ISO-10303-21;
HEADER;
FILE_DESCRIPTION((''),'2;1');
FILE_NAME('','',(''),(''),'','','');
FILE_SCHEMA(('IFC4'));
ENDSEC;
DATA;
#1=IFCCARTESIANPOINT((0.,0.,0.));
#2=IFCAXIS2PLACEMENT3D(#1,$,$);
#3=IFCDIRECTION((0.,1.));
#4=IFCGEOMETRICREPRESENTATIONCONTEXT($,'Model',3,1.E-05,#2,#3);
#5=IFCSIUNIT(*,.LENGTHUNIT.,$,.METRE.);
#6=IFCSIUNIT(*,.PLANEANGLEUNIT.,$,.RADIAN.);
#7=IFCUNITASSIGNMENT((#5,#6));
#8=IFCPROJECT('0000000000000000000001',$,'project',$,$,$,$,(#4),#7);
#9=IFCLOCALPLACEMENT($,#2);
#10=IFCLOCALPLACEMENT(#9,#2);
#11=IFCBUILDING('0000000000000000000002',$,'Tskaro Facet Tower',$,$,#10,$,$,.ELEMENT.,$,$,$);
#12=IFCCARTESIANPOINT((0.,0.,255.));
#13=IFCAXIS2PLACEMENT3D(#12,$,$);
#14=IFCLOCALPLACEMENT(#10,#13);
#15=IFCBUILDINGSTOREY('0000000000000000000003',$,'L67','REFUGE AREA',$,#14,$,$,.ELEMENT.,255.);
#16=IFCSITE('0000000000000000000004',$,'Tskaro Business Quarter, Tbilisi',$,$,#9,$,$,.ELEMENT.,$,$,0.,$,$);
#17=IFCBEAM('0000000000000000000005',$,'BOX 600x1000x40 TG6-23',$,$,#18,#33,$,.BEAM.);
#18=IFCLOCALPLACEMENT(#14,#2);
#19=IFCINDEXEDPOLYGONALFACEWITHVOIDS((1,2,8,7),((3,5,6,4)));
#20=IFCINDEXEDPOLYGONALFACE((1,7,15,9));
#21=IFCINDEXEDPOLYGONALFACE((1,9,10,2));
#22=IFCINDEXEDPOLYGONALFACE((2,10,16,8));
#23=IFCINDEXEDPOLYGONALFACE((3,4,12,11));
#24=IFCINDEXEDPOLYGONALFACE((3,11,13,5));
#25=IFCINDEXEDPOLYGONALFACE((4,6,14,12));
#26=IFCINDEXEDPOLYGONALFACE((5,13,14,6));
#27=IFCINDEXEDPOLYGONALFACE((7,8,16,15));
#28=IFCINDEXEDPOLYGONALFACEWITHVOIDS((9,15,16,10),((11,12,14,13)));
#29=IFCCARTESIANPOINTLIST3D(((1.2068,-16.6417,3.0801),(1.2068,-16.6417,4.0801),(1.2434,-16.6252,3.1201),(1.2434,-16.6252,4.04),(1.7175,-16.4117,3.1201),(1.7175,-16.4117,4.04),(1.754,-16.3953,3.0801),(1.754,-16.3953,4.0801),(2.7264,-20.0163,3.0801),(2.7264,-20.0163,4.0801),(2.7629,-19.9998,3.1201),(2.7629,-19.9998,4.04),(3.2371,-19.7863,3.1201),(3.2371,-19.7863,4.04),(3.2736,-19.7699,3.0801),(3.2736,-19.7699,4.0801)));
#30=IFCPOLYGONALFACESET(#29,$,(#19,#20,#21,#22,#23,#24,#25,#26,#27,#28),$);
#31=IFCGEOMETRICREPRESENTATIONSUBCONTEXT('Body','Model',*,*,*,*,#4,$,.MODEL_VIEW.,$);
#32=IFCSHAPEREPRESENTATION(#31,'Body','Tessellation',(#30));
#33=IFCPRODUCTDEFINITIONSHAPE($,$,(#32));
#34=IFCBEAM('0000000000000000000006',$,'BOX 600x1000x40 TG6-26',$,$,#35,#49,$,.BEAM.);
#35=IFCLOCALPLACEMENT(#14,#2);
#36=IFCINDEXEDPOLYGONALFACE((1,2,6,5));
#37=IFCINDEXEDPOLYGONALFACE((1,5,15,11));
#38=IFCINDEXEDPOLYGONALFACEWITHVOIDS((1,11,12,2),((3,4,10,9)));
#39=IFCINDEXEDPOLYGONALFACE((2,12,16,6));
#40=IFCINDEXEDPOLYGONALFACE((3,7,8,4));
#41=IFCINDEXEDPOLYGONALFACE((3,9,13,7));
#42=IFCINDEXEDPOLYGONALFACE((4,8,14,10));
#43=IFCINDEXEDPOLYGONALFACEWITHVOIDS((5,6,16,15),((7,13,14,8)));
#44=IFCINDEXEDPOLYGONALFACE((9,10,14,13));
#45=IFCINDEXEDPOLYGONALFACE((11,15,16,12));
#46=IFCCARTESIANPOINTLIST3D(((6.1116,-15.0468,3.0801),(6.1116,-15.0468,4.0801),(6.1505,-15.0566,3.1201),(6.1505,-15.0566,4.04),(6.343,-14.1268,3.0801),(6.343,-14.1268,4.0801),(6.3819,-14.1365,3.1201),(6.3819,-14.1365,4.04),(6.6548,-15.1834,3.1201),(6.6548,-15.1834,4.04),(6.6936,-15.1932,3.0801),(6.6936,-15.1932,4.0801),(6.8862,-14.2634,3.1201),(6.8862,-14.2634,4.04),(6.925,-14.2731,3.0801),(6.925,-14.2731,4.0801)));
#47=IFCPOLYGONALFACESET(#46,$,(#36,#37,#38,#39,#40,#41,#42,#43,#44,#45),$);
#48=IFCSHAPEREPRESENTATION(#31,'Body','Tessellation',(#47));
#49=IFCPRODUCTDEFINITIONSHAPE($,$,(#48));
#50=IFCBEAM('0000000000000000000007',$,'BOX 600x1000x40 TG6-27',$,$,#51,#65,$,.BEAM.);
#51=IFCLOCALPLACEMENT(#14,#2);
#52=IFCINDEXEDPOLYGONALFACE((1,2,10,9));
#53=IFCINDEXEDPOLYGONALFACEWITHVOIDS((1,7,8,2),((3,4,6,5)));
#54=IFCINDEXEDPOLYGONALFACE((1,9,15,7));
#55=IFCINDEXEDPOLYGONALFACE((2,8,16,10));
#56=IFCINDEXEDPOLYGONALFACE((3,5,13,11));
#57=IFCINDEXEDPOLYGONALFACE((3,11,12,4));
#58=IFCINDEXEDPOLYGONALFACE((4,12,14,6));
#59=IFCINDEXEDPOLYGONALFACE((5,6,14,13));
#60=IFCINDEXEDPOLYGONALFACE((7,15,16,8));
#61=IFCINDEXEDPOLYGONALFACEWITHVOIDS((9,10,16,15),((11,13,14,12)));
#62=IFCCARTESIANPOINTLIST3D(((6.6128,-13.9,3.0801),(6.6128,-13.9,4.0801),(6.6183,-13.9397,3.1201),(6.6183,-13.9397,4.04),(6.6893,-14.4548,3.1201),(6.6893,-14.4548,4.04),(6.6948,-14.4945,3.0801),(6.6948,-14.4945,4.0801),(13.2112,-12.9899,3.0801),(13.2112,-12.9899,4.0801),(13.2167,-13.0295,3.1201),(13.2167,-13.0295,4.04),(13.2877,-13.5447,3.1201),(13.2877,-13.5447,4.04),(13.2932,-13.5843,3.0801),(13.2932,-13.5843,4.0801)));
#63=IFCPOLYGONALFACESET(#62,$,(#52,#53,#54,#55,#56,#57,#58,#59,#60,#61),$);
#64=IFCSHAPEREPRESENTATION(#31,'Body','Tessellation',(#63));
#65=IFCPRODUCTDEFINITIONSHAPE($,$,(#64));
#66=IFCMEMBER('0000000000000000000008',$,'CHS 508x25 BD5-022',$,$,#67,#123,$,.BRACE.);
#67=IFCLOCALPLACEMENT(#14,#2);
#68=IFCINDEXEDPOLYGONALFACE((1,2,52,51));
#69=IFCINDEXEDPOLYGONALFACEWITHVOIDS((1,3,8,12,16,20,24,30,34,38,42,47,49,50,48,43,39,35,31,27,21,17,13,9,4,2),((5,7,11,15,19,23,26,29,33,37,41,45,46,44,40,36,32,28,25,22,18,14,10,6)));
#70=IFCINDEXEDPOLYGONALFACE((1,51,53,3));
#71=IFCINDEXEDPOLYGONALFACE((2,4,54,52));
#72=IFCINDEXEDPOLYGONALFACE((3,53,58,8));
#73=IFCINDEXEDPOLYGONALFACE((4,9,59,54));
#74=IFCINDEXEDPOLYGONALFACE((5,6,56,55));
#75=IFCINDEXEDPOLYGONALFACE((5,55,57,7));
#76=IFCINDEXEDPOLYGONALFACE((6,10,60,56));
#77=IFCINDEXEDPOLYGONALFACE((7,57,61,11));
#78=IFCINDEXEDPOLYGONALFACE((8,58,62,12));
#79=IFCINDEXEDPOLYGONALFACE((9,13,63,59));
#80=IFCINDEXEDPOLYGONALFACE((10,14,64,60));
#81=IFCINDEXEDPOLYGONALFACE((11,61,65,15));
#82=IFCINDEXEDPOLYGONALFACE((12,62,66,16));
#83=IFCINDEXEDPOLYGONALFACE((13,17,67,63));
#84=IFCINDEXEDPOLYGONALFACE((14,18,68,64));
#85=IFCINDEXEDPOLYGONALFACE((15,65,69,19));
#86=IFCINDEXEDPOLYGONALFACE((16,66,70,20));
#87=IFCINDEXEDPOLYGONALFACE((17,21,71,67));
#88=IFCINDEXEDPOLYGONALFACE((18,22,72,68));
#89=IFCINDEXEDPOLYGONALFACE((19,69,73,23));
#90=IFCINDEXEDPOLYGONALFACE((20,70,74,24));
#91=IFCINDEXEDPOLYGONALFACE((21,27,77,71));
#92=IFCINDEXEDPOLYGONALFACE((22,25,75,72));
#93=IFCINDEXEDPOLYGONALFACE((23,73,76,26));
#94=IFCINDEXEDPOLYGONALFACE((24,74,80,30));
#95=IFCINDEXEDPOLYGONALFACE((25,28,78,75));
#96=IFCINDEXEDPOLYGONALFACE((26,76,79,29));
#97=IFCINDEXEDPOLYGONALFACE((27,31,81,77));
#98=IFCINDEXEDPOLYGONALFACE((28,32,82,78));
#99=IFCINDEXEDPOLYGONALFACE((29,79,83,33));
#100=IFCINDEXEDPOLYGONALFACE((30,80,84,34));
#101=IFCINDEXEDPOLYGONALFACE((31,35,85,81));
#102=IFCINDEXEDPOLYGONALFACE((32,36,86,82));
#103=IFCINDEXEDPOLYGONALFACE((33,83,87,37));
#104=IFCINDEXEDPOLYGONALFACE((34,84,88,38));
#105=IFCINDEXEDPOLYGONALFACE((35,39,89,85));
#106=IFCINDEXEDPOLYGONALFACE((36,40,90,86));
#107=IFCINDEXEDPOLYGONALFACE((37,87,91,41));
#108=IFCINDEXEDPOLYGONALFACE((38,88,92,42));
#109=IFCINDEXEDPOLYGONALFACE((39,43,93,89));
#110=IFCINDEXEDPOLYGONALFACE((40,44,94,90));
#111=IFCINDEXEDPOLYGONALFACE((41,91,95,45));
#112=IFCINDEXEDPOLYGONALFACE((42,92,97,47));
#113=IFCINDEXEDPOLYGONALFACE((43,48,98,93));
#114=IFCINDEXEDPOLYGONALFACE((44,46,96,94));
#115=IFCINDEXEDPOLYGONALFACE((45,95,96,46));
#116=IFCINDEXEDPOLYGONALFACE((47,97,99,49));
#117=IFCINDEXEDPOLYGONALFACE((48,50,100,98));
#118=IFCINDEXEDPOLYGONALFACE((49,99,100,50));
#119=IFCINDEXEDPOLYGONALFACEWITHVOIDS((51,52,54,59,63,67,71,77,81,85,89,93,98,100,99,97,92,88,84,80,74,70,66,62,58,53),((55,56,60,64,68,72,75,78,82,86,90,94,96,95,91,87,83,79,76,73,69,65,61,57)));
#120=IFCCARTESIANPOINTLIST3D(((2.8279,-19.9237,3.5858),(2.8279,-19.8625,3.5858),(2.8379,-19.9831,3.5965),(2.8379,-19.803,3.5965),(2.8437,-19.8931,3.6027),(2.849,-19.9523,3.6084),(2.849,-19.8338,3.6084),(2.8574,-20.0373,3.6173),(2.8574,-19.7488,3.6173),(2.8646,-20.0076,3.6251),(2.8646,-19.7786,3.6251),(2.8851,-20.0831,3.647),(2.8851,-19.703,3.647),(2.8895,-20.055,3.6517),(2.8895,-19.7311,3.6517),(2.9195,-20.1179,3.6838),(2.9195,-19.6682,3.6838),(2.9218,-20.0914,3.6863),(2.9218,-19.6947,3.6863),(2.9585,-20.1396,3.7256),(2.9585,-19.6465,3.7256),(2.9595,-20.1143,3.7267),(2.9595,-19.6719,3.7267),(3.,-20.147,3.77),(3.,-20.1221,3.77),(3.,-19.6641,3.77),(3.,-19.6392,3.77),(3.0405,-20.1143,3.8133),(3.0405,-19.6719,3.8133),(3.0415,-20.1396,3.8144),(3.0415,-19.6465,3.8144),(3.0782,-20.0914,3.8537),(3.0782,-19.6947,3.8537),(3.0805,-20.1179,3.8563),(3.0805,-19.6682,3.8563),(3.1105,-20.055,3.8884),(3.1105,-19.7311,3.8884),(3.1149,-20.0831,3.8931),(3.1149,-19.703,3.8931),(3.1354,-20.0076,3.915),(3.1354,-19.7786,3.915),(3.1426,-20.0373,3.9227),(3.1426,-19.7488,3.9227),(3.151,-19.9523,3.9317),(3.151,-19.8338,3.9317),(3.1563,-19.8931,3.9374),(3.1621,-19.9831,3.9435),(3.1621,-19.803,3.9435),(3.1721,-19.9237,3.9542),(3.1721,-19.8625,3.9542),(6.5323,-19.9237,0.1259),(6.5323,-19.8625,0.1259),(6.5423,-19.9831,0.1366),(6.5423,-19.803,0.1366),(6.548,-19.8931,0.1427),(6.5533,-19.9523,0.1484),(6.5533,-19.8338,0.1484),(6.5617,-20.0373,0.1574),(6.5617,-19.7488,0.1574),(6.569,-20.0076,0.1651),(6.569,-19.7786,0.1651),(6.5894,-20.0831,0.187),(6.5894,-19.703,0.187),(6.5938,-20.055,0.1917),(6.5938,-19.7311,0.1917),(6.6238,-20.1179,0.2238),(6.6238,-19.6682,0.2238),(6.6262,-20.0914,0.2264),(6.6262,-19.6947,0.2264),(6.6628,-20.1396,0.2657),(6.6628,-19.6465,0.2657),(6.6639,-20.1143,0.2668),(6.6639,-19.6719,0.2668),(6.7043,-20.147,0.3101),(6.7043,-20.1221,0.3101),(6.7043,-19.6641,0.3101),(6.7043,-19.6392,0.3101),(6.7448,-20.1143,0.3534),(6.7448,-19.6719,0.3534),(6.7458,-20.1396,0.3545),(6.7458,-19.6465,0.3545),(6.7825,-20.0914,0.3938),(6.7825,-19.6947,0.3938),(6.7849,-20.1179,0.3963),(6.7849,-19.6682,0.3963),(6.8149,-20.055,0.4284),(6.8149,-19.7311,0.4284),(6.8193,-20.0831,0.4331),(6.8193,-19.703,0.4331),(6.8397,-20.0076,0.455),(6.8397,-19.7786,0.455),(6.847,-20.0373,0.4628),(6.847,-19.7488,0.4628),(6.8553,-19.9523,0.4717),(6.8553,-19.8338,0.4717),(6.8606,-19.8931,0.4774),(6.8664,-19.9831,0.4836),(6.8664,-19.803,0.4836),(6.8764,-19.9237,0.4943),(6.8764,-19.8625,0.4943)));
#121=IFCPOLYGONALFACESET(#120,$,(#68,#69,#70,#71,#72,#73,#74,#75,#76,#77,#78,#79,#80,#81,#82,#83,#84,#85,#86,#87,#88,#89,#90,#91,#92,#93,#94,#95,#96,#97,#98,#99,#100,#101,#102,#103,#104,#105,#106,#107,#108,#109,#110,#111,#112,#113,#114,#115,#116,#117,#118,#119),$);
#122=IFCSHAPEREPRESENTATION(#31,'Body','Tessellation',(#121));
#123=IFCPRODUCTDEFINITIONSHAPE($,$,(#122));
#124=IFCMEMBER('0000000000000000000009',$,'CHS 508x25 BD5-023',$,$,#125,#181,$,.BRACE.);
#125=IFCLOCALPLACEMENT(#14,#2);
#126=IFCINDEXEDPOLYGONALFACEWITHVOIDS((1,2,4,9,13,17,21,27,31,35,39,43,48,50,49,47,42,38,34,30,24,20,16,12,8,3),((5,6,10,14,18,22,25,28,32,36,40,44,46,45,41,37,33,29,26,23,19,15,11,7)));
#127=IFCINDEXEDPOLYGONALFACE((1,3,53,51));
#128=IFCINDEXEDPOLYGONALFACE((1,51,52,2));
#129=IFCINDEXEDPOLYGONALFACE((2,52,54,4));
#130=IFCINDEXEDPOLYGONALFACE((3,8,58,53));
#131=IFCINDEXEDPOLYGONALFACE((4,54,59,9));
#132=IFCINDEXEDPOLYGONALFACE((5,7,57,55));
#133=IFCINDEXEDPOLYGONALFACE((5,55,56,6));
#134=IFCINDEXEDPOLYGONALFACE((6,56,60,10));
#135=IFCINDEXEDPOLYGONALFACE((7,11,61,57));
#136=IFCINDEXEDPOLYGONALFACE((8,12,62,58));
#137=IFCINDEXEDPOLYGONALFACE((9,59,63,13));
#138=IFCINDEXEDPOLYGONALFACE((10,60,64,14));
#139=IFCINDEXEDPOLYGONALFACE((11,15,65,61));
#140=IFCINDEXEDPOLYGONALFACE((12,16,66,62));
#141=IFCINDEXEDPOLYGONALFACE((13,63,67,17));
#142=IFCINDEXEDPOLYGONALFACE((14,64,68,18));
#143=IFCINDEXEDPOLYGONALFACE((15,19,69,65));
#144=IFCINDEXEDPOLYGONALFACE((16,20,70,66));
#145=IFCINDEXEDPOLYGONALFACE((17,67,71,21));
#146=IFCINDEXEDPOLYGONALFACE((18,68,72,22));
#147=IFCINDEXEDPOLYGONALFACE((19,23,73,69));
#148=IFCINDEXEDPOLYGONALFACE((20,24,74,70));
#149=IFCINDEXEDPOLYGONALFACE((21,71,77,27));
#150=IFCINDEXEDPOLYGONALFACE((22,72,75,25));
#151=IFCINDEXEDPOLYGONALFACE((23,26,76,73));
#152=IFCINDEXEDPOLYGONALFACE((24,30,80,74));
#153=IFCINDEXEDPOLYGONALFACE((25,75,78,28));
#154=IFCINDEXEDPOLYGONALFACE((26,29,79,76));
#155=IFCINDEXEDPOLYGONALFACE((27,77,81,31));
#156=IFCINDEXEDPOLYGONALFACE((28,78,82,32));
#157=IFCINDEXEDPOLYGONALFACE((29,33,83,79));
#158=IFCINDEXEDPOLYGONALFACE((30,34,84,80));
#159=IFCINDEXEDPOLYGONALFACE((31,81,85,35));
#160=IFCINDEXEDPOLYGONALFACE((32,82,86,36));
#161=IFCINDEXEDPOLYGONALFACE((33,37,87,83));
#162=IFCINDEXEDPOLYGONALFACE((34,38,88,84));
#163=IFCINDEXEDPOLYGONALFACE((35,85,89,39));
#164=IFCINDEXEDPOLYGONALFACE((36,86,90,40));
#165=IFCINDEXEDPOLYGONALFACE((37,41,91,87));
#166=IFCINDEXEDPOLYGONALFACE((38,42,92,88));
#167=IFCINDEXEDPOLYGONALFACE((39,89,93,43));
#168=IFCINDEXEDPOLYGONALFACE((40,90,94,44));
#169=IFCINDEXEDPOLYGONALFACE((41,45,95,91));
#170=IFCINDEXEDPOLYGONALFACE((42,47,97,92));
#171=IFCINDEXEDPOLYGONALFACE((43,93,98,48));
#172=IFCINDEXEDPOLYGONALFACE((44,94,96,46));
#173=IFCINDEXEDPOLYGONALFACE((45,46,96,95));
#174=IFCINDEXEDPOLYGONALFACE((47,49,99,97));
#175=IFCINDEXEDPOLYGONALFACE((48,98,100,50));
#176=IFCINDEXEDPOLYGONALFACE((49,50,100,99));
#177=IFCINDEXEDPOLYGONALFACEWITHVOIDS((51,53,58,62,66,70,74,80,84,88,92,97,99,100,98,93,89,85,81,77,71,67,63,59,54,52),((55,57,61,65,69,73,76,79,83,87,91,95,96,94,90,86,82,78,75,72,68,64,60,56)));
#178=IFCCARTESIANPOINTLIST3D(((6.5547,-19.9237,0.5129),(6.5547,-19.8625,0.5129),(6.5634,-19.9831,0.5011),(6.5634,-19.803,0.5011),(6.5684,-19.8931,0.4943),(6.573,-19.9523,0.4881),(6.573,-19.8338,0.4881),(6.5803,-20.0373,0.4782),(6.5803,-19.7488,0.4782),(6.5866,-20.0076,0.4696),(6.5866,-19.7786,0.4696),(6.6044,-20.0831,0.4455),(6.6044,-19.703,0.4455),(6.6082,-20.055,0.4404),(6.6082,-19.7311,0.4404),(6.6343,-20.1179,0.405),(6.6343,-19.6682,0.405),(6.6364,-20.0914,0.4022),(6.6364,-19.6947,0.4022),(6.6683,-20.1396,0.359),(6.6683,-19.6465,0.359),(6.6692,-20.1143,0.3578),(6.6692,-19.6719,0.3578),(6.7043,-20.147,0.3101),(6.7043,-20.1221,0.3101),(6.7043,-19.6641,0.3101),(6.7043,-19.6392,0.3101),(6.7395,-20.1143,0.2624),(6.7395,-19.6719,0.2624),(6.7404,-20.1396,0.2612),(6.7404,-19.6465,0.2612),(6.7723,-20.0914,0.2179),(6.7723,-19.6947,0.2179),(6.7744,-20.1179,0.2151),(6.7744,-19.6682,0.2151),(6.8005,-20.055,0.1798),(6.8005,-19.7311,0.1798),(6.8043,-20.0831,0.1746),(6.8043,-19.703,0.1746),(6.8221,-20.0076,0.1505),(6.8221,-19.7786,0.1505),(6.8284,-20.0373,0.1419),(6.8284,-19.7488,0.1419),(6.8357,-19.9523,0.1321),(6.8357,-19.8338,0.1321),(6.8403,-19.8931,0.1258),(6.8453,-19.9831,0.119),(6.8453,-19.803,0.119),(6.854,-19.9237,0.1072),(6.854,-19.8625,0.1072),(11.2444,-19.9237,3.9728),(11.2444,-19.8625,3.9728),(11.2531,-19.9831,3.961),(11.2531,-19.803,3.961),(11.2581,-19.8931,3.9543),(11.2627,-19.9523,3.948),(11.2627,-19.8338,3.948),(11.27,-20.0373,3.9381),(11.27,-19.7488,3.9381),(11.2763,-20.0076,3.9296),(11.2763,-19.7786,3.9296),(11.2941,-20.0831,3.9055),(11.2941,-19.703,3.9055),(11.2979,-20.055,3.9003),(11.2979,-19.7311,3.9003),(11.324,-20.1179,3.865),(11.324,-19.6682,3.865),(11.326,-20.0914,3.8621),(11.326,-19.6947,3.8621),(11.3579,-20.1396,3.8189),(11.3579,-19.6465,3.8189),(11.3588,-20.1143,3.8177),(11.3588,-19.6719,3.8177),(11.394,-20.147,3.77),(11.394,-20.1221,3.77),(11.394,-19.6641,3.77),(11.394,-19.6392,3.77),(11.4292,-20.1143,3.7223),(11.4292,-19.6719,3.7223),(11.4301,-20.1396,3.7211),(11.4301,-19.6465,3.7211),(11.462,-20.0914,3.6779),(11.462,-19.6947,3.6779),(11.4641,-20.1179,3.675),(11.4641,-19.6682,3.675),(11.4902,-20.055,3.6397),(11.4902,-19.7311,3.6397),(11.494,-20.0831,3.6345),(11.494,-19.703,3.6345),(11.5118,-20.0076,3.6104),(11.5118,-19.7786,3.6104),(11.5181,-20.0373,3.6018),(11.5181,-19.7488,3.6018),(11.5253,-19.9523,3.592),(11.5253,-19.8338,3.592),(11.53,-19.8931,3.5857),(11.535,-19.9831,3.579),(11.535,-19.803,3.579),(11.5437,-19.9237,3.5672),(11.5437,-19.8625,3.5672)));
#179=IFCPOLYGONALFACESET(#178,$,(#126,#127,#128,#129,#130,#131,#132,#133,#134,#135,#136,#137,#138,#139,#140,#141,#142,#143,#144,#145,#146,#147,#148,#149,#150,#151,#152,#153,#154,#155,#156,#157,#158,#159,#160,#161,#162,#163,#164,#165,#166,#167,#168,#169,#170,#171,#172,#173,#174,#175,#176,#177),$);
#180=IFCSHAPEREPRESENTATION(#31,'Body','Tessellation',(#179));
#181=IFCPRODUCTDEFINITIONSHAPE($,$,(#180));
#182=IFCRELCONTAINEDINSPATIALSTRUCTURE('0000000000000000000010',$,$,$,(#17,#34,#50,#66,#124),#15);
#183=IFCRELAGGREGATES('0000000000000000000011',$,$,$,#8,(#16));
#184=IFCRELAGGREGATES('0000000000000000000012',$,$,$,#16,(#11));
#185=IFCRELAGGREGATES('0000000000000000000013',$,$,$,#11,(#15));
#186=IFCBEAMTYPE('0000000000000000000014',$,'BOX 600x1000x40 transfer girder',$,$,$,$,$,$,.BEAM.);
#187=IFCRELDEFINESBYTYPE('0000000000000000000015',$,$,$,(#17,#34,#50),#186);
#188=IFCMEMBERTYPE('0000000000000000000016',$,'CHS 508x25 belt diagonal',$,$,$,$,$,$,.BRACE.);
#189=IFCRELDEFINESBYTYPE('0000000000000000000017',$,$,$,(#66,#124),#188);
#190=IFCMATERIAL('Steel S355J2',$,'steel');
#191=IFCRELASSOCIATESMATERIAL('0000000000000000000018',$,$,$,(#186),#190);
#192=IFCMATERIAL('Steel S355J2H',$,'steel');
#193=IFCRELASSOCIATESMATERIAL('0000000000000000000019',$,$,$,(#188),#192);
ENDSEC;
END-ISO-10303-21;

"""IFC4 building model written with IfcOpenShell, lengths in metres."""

from ifc_helpers import new_model, si_unit, direction, frame, origin, origin_2d, place, context, subcontext, project, spatial, hollow_rectangle, hollow_circle, extrude, material, material_profile, profile_set, type_object, element, save


model = new_model("IFC4")

# Units and contexts
model_context = context("Model", 3, precision=1e-05, world=origin(), true_north=direction((0.0, 1.0)))
body_context = subcontext(model_context, "Body", "Model", "MODEL_VIEW")
ifc_project = project(units=[si_unit("LENGTHUNIT", "METRE"), si_unit("PLANEANGLEUNIT", "RADIAN")], contexts=[model_context])

# Site, building, storey
site_placement = place(None, origin())
site = spatial("IfcSite", under=ifc_project, at=site_placement, Name="Tskaro Business Quarter, Tbilisi", CompositionType="ELEMENT", RefElevation=0.0)
building_placement = place(site_placement, origin())
building = spatial("IfcBuilding", under=site, at=building_placement, Name="Tskaro Facet Tower", CompositionType="ELEMENT")
storey_placement = place(building_placement, frame((0.0, 0.0, 255.0)))
storey = spatial("IfcBuildingStorey", under=building, at=storey_placement, Name="L67", Description="REFUGE AREA", CompositionType="ELEMENT", Elevation=255.0)

# Shared definitions
ifc_material_1 = material(Name="Steel S355J2", Category="steel")
ifc_material_2 = material(Name="Steel S355J2H", Category="steel")

# Beams
ifc_material_profile_1 = material_profile(ifc_material_1, hollow_rectangle(XDim=0.6001, YDim=1.0, WallThickness=0.04, at=origin_2d()), Name="BOX 600x1000x40")
ifc_profile_set_1 = profile_set([ifc_material_profile_1], Name="Steel S355J2")
beam_type_1 = type_object("IfcBeamType", Name="BOX 600x1000x40 transfer girder", PredefinedType="BEAM", material=ifc_profile_set_1)
beam_1_placement = place(storey_placement, frame((3.0, -19.8931, 3.5801), z_axis=(-0.41059, 0.91182, 0.0), x_axis=(-0.91182, -0.41059, 0.0)))
element("IfcBeam", 1, at=beam_1_placement, inside=storey, type_object=beam_type_1, Name="BOX 600x1000x40 TG6-23", PredefinedType="BEAM", context=body_context, shape_type="SweptSolid", body=[
    extrude(hollow_rectangle(XDim=0.6001, YDim=1.0, WallThickness=0.04, at=origin_2d()), origin(), (0.0, 0.0, 1.0), 3.7009),
])
beam_2_placement = place(storey_placement, frame((6.634, -14.2, 3.5801), z_axis=(-0.243928, -0.969793, 0.0), x_axis=(0.969793, -0.243928, 0.0)))
element("IfcBeam", 2, at=beam_2_placement, inside=storey, type_object=beam_type_1, Name="BOX 600x1000x40 TG6-26", PredefinedType="BEAM", context=body_context, shape_type="SweptSolid", body=[
    extrude(hollow_rectangle(XDim=0.6001, YDim=1.0, WallThickness=0.04, at=origin_2d()), origin(), (0.0, 0.0, 1.0), 0.9487),
])
beam_3_placement = place(storey_placement, frame((6.6538, -14.1973, 3.5801), z_axis=(0.99062, 0.136642, 0.0), x_axis=(-0.136642, 0.99062, 0.0)))
element("IfcBeam", 3, at=beam_3_placement, inside=storey, type_object=beam_type_1, Name="BOX 600x1000x40 TG6-27", PredefinedType="BEAM", context=body_context, shape_type="SweptSolid", body=[
    extrude(hollow_rectangle(XDim=0.6001, YDim=1.0, WallThickness=0.04, at=origin_2d()), origin(), (0.0, 0.0, 1.0), 6.6609),
])

# Members
ifc_material_profile_2 = material_profile(ifc_material_2, hollow_circle(Radius=0.2539, WallThickness=0.0249, at=origin_2d()), Name="CHS 508x25")
ifc_profile_set_2 = profile_set([ifc_material_profile_2], Name="Steel S355J2H")
member_type_1 = type_object("IfcMemberType", Name="CHS 508x25 belt diagonal", PredefinedType="BRACE", material=ifc_profile_set_2)
member_1_placement = place(storey_placement, frame((3.0, -19.8931, 3.77), z_axis=(0.730802, 0.0, -0.682589), x_axis=(0.0, 1.0, 0.0)))
element("IfcMember", 4, at=member_1_placement, inside=storey, type_object=member_type_1, Name="CHS 508x25 BD5-022", PredefinedType="BRACE", context=body_context, shape_type="SweptSolid", body=[
    extrude(hollow_circle(Radius=0.2539, WallThickness=0.0249, at=origin_2d()), origin(), (0.0, 0.0, 1.0), 5.0688),
])
member_2_placement = place(storey_placement, frame((6.7043, -19.8931, 0.3101), z_axis=(0.804696, 0.0, 0.593688), x_axis=(0.0, 1.0, 0.0)))
element("IfcMember", 5, at=member_2_placement, inside=storey, type_object=member_type_1, Name="CHS 508x25 BD5-023", PredefinedType="BRACE", context=body_context, shape_type="SweptSolid", body=[
    extrude(hollow_circle(Radius=0.2539, WallThickness=0.0249, at=origin_2d()), origin(), (0.0, 0.0, 1.0), 5.8279),
])

save(model, "model.ifc")
